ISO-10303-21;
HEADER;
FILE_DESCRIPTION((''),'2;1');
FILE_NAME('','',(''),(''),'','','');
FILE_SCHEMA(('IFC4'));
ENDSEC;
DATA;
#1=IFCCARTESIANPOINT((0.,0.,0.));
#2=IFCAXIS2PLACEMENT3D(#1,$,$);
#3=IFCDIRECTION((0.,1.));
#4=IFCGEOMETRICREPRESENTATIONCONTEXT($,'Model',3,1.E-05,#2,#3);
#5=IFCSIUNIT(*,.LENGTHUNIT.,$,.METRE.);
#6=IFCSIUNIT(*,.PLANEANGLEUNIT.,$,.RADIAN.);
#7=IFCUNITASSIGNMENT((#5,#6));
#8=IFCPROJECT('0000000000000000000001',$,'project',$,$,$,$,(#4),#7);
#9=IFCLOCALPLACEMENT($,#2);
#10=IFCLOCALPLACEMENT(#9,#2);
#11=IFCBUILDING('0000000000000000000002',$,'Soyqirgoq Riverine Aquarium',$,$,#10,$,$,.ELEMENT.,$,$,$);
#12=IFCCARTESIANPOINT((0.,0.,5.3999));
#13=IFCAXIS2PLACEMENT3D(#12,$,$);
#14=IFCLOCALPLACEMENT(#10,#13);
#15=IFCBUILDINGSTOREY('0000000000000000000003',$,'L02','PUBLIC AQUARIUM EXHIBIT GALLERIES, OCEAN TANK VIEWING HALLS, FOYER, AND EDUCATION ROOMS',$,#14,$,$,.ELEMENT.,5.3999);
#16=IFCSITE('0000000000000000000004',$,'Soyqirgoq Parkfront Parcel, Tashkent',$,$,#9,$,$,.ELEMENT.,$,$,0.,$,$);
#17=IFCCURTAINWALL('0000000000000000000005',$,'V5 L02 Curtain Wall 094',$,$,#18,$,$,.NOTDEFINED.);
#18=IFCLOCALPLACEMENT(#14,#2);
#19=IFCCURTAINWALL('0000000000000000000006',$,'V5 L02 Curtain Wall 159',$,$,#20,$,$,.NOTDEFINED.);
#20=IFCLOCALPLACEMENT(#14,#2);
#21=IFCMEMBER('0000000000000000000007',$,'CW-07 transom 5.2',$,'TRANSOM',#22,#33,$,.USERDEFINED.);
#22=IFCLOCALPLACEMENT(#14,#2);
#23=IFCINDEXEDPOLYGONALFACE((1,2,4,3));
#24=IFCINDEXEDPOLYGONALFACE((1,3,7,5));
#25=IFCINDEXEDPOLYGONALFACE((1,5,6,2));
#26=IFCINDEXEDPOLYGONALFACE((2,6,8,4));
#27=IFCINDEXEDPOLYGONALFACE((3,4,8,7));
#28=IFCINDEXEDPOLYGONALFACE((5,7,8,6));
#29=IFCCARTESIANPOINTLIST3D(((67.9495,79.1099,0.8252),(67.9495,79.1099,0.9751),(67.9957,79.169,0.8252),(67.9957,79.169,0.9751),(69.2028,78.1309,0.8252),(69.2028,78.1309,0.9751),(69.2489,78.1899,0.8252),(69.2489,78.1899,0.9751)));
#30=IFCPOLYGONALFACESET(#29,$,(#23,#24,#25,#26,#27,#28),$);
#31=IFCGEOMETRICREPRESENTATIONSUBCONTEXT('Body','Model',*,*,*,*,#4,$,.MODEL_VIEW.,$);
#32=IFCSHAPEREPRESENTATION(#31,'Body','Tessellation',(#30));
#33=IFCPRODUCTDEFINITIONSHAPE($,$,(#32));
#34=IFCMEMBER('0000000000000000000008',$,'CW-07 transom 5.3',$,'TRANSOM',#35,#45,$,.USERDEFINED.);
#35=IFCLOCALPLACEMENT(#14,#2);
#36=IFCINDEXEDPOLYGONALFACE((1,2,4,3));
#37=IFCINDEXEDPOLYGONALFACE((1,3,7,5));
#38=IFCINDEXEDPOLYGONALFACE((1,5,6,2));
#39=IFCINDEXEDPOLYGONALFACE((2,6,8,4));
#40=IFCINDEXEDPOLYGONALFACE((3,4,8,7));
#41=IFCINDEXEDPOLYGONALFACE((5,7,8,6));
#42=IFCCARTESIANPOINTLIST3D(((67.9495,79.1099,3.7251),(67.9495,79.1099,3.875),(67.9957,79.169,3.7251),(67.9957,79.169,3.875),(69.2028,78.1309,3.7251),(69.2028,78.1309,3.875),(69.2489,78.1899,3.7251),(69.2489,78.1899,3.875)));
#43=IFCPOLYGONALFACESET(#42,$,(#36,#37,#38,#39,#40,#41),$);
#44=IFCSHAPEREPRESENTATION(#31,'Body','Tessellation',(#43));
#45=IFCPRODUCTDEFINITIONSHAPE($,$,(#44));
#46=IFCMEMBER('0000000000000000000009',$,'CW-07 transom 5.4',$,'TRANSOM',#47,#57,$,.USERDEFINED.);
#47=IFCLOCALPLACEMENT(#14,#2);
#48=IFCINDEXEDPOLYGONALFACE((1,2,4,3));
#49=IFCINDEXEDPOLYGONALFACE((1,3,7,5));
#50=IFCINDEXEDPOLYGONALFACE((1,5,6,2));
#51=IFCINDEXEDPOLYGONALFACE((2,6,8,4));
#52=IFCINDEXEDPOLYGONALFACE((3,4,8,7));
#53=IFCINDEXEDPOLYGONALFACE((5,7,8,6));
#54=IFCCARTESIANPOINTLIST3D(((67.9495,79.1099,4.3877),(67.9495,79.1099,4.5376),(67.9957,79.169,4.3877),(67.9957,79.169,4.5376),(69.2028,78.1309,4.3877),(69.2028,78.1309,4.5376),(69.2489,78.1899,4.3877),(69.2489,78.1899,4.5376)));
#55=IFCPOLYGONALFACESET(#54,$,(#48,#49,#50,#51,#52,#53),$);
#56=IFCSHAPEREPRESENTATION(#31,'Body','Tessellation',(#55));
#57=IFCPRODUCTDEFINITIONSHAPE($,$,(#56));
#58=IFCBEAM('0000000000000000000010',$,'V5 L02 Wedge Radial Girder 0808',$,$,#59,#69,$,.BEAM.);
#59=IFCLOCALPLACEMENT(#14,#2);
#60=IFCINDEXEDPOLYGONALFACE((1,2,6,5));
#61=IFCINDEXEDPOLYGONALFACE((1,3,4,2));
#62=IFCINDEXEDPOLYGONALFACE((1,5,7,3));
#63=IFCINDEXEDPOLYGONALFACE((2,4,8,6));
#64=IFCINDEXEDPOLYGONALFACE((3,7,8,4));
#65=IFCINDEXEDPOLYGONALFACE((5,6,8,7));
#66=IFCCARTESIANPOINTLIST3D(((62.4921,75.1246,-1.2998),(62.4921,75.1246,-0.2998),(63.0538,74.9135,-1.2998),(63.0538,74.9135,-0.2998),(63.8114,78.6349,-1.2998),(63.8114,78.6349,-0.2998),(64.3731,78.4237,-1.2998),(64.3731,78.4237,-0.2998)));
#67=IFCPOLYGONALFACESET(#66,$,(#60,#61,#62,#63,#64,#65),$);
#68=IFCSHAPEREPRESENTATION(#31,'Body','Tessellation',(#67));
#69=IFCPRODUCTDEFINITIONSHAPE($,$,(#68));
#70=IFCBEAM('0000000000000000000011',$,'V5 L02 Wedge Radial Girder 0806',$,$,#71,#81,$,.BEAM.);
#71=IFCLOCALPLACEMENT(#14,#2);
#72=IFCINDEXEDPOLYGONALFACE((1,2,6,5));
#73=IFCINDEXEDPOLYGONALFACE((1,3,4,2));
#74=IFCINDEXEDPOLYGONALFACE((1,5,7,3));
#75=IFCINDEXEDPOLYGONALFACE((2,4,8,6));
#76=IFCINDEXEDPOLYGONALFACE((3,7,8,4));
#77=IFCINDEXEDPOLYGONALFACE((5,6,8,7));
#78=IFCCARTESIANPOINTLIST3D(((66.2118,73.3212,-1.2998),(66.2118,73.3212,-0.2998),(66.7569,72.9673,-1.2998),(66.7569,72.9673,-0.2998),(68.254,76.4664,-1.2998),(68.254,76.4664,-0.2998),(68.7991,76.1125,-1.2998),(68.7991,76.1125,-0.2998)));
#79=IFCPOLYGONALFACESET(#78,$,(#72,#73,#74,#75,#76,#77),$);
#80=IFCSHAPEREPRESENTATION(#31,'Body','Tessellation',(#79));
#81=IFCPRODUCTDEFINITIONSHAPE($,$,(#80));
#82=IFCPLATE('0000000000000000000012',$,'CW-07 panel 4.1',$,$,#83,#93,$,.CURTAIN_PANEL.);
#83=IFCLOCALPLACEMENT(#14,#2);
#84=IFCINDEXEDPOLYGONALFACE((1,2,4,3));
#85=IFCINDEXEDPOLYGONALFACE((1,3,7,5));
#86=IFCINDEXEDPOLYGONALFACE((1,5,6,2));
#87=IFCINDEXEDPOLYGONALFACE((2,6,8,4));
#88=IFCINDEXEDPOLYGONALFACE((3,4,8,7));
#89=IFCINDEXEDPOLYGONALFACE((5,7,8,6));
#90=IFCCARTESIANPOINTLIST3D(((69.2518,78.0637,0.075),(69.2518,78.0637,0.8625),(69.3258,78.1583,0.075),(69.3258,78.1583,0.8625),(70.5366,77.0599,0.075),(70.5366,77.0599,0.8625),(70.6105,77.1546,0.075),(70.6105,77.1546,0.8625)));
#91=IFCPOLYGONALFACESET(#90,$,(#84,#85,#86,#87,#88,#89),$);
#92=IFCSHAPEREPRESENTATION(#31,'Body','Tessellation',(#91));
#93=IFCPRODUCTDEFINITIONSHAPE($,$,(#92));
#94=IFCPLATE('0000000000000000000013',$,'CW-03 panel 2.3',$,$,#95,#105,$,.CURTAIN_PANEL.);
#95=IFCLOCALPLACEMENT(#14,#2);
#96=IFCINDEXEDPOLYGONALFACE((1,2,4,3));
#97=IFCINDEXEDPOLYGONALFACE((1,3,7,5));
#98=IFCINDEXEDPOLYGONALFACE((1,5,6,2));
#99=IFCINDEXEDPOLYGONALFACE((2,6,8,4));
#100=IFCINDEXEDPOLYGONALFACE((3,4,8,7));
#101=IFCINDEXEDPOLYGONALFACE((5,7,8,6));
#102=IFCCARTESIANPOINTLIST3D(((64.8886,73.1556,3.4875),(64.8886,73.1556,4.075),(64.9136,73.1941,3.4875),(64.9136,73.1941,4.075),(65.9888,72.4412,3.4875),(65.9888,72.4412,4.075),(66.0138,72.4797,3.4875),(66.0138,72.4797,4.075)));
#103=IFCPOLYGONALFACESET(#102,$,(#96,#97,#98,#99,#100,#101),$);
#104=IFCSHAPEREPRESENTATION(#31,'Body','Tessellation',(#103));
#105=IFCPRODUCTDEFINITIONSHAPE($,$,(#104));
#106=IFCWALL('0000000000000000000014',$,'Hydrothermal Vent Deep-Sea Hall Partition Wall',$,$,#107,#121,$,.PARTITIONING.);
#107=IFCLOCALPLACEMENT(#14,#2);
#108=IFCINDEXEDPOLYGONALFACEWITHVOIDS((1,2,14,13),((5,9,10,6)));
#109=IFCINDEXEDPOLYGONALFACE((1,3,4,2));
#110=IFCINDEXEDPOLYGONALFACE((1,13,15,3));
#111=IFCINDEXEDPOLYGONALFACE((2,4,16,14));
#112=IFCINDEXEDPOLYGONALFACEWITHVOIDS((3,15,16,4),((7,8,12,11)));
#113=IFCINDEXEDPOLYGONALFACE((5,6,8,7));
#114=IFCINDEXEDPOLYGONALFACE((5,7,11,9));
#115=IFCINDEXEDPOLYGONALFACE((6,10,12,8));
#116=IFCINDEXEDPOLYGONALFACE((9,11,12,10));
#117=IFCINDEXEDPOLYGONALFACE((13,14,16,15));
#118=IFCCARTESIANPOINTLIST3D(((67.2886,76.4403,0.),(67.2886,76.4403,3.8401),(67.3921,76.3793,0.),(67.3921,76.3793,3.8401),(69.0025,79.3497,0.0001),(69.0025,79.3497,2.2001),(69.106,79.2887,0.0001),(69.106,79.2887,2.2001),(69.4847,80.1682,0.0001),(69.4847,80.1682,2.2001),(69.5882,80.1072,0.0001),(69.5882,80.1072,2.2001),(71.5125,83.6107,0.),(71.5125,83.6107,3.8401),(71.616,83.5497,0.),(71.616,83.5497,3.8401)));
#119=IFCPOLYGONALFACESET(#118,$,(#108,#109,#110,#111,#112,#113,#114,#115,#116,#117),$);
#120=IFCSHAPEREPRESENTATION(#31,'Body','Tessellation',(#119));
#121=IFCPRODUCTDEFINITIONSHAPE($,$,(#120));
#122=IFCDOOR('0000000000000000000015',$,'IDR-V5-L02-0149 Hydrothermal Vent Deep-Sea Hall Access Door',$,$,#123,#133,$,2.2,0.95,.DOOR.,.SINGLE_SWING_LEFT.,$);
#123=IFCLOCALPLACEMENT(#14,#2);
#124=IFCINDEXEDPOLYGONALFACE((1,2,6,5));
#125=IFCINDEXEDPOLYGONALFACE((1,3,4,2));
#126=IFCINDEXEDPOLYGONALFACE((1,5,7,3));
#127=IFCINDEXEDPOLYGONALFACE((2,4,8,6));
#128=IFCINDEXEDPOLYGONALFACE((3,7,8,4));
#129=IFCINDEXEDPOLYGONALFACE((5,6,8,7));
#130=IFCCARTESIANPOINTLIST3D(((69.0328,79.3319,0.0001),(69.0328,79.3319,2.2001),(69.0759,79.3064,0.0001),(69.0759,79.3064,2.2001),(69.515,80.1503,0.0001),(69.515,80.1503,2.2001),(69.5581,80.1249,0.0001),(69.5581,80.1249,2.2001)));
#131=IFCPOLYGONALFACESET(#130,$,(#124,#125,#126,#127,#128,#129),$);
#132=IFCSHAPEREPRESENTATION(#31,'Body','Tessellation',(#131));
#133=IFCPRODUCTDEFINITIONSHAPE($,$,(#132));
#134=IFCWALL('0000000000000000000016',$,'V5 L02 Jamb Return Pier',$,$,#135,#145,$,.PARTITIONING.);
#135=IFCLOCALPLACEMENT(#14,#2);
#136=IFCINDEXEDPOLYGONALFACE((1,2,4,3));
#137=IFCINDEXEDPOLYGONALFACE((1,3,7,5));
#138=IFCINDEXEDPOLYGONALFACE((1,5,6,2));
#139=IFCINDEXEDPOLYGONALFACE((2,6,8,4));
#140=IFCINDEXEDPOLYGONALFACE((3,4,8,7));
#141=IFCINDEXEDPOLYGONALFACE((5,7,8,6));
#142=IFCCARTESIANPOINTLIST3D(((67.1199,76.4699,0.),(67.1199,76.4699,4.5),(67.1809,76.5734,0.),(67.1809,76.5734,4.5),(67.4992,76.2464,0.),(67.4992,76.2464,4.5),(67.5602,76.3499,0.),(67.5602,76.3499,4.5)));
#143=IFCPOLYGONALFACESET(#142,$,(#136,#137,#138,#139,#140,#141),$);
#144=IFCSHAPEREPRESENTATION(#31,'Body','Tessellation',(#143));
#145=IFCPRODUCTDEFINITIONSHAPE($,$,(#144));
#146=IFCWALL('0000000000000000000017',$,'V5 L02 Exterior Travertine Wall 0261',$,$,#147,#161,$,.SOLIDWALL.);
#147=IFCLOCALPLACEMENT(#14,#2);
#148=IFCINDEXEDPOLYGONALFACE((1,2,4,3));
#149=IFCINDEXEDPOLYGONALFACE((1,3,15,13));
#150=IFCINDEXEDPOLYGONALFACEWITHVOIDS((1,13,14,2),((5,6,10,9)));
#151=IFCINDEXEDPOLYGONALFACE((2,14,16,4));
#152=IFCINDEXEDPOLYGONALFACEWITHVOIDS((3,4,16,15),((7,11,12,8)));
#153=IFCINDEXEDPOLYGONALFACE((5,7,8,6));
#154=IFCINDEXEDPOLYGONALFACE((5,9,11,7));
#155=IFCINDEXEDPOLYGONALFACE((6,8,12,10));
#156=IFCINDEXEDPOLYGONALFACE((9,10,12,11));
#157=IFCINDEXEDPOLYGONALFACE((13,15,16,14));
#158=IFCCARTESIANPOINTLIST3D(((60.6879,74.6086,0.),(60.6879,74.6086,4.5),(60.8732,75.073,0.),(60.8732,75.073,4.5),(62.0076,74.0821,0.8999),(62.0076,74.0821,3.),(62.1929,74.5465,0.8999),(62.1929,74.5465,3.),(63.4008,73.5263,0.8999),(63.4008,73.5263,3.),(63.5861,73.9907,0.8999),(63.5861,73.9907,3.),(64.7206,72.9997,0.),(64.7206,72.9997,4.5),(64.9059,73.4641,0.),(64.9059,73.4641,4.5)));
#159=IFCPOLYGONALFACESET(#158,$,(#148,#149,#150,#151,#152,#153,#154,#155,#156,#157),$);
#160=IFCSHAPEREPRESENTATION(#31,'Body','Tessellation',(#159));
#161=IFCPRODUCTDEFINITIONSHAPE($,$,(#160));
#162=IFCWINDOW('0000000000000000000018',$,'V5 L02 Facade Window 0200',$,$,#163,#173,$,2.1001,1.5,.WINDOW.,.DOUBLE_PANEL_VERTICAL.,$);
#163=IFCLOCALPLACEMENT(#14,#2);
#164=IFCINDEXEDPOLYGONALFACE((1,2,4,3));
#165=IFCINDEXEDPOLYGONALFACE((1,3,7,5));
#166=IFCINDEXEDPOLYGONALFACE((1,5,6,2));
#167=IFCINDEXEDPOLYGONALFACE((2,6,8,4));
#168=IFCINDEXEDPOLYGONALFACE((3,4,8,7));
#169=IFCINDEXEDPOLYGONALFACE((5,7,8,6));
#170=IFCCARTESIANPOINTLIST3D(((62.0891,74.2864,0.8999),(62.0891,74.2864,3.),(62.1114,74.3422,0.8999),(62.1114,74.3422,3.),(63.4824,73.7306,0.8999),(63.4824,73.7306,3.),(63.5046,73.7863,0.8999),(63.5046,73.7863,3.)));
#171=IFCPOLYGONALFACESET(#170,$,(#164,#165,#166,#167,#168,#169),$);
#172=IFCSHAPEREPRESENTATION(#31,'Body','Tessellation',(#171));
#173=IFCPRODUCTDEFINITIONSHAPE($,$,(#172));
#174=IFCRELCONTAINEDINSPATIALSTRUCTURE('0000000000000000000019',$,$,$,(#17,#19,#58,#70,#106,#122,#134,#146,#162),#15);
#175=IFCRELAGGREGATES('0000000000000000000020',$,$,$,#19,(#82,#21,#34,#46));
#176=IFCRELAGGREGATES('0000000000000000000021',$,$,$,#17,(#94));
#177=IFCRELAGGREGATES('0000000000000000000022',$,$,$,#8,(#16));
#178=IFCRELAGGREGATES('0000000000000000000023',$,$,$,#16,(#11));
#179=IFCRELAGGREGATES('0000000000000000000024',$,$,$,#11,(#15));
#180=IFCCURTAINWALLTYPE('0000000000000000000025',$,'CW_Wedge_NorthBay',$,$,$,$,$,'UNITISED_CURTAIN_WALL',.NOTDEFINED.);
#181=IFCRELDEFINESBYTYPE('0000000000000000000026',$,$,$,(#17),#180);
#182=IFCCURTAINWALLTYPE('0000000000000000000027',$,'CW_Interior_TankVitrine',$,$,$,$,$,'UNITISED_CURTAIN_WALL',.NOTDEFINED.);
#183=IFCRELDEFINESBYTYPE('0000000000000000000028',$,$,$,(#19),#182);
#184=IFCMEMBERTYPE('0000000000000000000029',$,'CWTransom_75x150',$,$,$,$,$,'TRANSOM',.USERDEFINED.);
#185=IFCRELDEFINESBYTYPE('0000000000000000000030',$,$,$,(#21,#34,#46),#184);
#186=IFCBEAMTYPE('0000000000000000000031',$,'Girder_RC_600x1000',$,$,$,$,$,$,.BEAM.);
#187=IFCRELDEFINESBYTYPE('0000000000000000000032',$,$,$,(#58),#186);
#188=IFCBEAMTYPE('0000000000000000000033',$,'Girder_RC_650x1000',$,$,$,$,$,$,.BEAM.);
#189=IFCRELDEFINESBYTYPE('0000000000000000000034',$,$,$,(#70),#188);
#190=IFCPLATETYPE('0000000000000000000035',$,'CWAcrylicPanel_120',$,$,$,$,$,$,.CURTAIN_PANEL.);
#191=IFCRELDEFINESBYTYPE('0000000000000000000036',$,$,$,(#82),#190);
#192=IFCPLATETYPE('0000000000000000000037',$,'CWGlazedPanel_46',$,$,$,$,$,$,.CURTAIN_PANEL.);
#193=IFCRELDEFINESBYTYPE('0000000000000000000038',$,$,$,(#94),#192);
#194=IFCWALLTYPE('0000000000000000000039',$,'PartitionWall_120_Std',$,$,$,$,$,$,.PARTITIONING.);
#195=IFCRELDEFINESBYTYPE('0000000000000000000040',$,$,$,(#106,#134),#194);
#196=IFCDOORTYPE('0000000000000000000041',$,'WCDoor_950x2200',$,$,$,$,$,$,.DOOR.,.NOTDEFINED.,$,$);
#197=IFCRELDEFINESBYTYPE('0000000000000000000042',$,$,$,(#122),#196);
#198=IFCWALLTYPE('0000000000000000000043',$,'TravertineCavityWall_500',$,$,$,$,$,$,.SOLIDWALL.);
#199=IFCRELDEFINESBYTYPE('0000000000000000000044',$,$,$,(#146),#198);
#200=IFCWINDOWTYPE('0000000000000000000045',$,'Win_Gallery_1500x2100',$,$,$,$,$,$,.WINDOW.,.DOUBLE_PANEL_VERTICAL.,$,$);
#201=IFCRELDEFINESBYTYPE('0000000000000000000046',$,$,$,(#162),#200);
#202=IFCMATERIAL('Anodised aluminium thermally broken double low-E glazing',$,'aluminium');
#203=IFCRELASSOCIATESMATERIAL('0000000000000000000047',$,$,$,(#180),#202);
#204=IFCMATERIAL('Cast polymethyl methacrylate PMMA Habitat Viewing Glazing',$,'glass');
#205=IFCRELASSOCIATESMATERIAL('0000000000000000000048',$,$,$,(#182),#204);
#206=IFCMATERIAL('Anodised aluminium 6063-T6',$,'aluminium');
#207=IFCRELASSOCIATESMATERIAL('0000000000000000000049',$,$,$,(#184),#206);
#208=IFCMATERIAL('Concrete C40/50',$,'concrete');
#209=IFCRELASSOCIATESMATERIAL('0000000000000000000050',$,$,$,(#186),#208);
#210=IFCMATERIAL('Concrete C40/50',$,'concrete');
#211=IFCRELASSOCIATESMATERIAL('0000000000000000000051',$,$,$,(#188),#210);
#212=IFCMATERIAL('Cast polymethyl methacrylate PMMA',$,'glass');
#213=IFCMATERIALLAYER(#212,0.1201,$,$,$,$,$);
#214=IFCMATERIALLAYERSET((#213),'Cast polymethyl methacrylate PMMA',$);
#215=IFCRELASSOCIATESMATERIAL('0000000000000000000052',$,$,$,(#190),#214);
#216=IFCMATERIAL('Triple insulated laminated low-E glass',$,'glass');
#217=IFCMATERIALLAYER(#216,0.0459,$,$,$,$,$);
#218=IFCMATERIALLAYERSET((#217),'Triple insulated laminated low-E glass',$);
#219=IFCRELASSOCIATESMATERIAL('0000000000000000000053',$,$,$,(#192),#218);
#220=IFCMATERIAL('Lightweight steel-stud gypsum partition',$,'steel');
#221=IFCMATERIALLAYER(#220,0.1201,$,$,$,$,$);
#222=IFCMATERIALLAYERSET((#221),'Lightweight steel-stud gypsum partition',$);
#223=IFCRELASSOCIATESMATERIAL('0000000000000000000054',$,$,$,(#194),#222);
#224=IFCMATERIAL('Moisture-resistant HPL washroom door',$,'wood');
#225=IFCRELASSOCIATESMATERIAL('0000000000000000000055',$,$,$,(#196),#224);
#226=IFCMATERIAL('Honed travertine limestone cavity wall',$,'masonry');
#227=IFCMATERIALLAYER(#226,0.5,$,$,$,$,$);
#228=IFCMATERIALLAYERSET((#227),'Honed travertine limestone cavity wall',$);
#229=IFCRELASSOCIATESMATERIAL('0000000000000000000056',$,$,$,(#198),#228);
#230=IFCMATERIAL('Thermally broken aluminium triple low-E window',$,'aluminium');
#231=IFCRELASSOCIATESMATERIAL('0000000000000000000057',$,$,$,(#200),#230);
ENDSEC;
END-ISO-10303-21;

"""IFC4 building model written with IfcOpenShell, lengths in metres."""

from ifc_helpers import new_model, si_unit, direction, frame, frame_2d, origin, origin_2d, place, context, subcontext, project, spatial, rectangle, extrude, material, layer, layer_set, material_profile, profile_set, type_object, element, fill, aggregate, save


model = new_model("IFC4")

# Units and contexts
model_context = context("Model", 3, precision=1e-05, world=origin(), true_north=direction((0.0, 1.0)))
body_context = subcontext(model_context, "Body", "Model", "MODEL_VIEW")
ifc_project = project(units=[si_unit("LENGTHUNIT", "METRE"), si_unit("PLANEANGLEUNIT", "RADIAN")], contexts=[model_context])

# Site, building, storey
site_placement = place(None, origin())
site = spatial("IfcSite", under=ifc_project, at=site_placement, Name="Soyqirgoq Parkfront Parcel, Tashkent", CompositionType="ELEMENT", RefElevation=0.0)
building_placement = place(site_placement, origin())
building = spatial("IfcBuilding", under=site, at=building_placement, Name="Soyqirgoq Riverine Aquarium", CompositionType="ELEMENT")
storey_placement = place(building_placement, frame((0.0, 0.0, 5.3999)))
storey = spatial("IfcBuildingStorey", under=building, at=storey_placement, Name="L02", Description="PUBLIC AQUARIUM EXHIBIT GALLERIES, OCEAN TANK VIEWING HALLS, FOYER, AND EDUCATION ROOMS", CompositionType="ELEMENT", Elevation=5.3999)

# Curtain wall
ifc_material_1 = material(Name="Anodised aluminium thermally broken double low-E glazing", Category="aluminium")
curtain_wall_type_1 = type_object("IfcCurtainWallType", Name="CW_Wedge_NorthBay", ElementType="UNITISED_CURTAIN_WALL", PredefinedType="NOTDEFINED", material=ifc_material_1)
curtain_wall_1_placement = place(storey_placement, origin())
curtain_wall_1 = element("IfcCurtainWall", 1, at=curtain_wall_1_placement, inside=storey, type_object=curtain_wall_type_1, Name="V5 L02 Curtain Wall 094", PredefinedType="NOTDEFINED")

# Curtain wall, members
ifc_material_2 = material(Name="Cast polymethyl methacrylate PMMA Habitat Viewing Glazing", Category="glass")
curtain_wall_type_2 = type_object("IfcCurtainWallType", Name="CW_Interior_TankVitrine", ElementType="UNITISED_CURTAIN_WALL", PredefinedType="NOTDEFINED", material=ifc_material_2)
curtain_wall_2_placement = place(storey_placement, origin())
curtain_wall_2 = element("IfcCurtainWall", 2, at=curtain_wall_2_placement, inside=storey, type_object=curtain_wall_type_2, Name="V5 L02 Curtain Wall 159", PredefinedType="NOTDEFINED")
ifc_material_3 = material(Name="Anodised aluminium 6063-T6", Category="aluminium")
ifc_material_profile_1 = material_profile(ifc_material_3, rectangle(XDim=0.075, YDim=0.1499, at=origin_2d()), Name="ALU-T 75x150")
ifc_profile_set_1 = profile_set([ifc_material_profile_1], Name="Anodised aluminium 6063-T6")
member_type_1 = type_object("IfcMemberType", Name="CWTransom_75x150", ElementType="TRANSOM", PredefinedType="USERDEFINED", material=ifc_profile_set_1)
member_1_placement = place(storey_placement, frame((69.2258, 78.1604, 0.9001), z_axis=(-0.788036, 0.615629, 0.0), x_axis=(-0.615629, -0.788036, 0.0)))
member_1 = element("IfcMember", 3, at=member_1_placement, type_object=member_type_1, Name="CW-07 transom 5.2", ObjectType="TRANSOM", PredefinedType="USERDEFINED", context=body_context, shape_type="SweptSolid", body=[
    extrude(rectangle(XDim=0.075, YDim=0.1499, at=origin_2d()), origin(), (0.0, 0.0, 1.0), 1.5903),
])
member_2_placement = place(storey_placement, frame((69.2258, 78.1604, 3.8), z_axis=(-0.788036, 0.615629, 0.0), x_axis=(-0.615629, -0.788036, 0.0)))
member_2 = element("IfcMember", 4, at=member_2_placement, type_object=member_type_1, Name="CW-07 transom 5.3", ObjectType="TRANSOM", PredefinedType="USERDEFINED", context=body_context, shape_type="SweptSolid", body=[
    extrude(rectangle(XDim=0.075, YDim=0.1499, at=origin_2d()), origin(), (0.0, 0.0, 1.0), 1.5903),
])
member_3_placement = place(storey_placement, frame((69.2258, 78.1604, 4.4626), z_axis=(-0.788036, 0.615629, 0.0), x_axis=(-0.615629, -0.788036, 0.0)))
member_3 = element("IfcMember", 5, at=member_3_placement, type_object=member_type_1, Name="CW-07 transom 5.4", ObjectType="TRANSOM", PredefinedType="USERDEFINED", context=body_context, shape_type="SweptSolid", body=[
    extrude(rectangle(XDim=0.075, YDim=0.1499, at=origin_2d()), origin(), (0.0, 0.0, 1.0), 1.5903),
])

# Beams
ifc_material_4 = material(Name="Concrete C40/50", Category="concrete")
ifc_material_profile_2 = material_profile(ifc_material_4, rectangle(XDim=0.6001, YDim=1.0, at=origin_2d()), Name="RC 600x1000")
ifc_profile_set_2 = profile_set([ifc_material_profile_2], Name="Concrete C40/50")
beam_type_1 = type_object("IfcBeamType", Name="Girder_RC_600x1000", PredefinedType="BEAM", material=ifc_profile_set_2)
beam_1_placement = place(storey_placement, frame((62.7729, 75.019, -0.7998), z_axis=(0.351823, 0.936067, 0.0), x_axis=(-0.936067, 0.351823, 0.0)))
element("IfcBeam", 6, at=beam_1_placement, inside=storey, type_object=beam_type_1, Name="V5 L02 Wedge Radial Girder 0808", PredefinedType="BEAM", context=body_context, shape_type="SweptSolid", body=[
    extrude(rectangle(XDim=0.6001, YDim=1.0, at=origin_2d()), origin(), (0.0, 0.0, 1.0), 3.75),
])
ifc_material_5 = material(Name="Concrete C40/50", Category="concrete")
ifc_material_profile_3 = material_profile(ifc_material_5, rectangle(XDim=0.6499, YDim=1.0, at=origin_2d()), Name="RC 650x1000")
ifc_profile_set_3 = profile_set([ifc_material_profile_3], Name="Concrete C40/50")
beam_type_2 = type_object("IfcBeamType", Name="Girder_RC_650x1000", PredefinedType="BEAM", material=ifc_profile_set_3)
beam_2_placement = place(storey_placement, frame((66.4844, 73.1443, -0.7998), z_axis=(0.544579, 0.83871, 0.0), x_axis=(-0.83871, 0.544579, 0.0)))
element("IfcBeam", 7, at=beam_2_placement, inside=storey, type_object=beam_type_2, Name="V5 L02 Wedge Radial Girder 0806", PredefinedType="BEAM", context=body_context, shape_type="SweptSolid", body=[
    extrude(rectangle(XDim=0.6499, YDim=1.0, at=origin_2d()), origin(), (0.0, 0.0, 1.0), 3.75),
])

# Plates
ifc_material_6 = material(Name="Cast polymethyl methacrylate PMMA", Category="glass")
ifc_layer_1 = layer(ifc_material_6, 0.1201)
ifc_layer_set_1 = layer_set([ifc_layer_1], Name="Cast polymethyl methacrylate PMMA")
plate_type_1 = type_object("IfcPlateType", Name="CWAcrylicPanel_120", PredefinedType="CURTAIN_PANEL", material=ifc_layer_set_1)
plate_1_placement = place(storey_placement, frame((69.9312, 77.6091, 0.075), z_axis=(0.0, 0.0, 1.0), x_axis=(-0.788011, 0.615661, 0.0)))
plate_1 = element("IfcPlate", 8, at=plate_1_placement, type_object=plate_type_1, Name="CW-07 panel 4.1", PredefinedType="CURTAIN_PANEL", context=body_context, shape_type="SweptSolid", body=[
    extrude(rectangle(XDim=1.6304, YDim=0.1201, at=origin_2d()), origin(), (0.0, 0.0, 1.0), 0.7876),
])
aggregate(curtain_wall_2, [plate_1, member_1, member_2, member_3])
ifc_material_7 = material(Name="Triple insulated laminated low-E glass", Category="glass")
ifc_layer_2 = layer(ifc_material_7, 0.0459)
ifc_layer_set_2 = layer_set([ifc_layer_2], Name="Triple insulated laminated low-E glass")
plate_type_2 = type_object("IfcPlateType", Name="CWGlazedPanel_46", PredefinedType="CURTAIN_PANEL", material=ifc_layer_set_2)
plate_2_placement = place(storey_placement, frame((65.4512, 72.8176, 3.4875), z_axis=(0.0, 0.0, 1.0), x_axis=(-0.838688, 0.544613, 0.0)))
plate_2 = element("IfcPlate", 9, at=plate_2_placement, type_object=plate_type_2, Name="CW-03 panel 2.3", PredefinedType="CURTAIN_PANEL", context=body_context, shape_type="SweptSolid", body=[
    extrude(rectangle(XDim=1.3118, YDim=0.0459, at=origin_2d()), origin(), (0.0, 0.0, 1.0), 0.5874),
])
aggregate(curtain_wall_1, [plate_2])

# Wall, opening, door
ifc_material_8 = material(Name="Lightweight steel-stud gypsum partition", Category="steel")
ifc_layer_3 = layer(ifc_material_8, 0.1201)
ifc_layer_set_3 = layer_set([ifc_layer_3], Name="Lightweight steel-stud gypsum partition")
wall_type_1 = type_object("IfcWallType", Name="PartitionWall_120_Std", PredefinedType="PARTITIONING", material=ifc_layer_set_3)
wall_1_placement = place(storey_placement, frame((67.3403, 76.4097, 0.0), z_axis=(0.0, 0.0, 1.0), x_axis=(0.507555, 0.86162, 0.0)))
wall_1 = element("IfcWall", 10, at=wall_1_placement, inside=storey, type_object=wall_type_1, Name="Hydrothermal Vent Deep-Sea Hall Partition Wall", PredefinedType="PARTITIONING", context=body_context, shape_type="SweptSolid", body=[
    extrude(rectangle(XDim=8.322, YDim=0.1201, at=frame_2d((4.1611, 0.0))), origin(), (0.0, 0.0, 1.0), 3.8401),
])
opening_1_placement = place(wall_1_placement, frame((3.3767, 0.0, 0.0)))
opening_1 = element("IfcOpeningElement", 11, at=opening_1_placement, cuts=wall_1, PredefinedType="OPENING", context=body_context, shape_type="SweptSolid", body=[
    extrude(rectangle(XDim=0.95, YDim=2.2, at=frame_2d((0.4751, 1.1001))), frame((0.0, 0.0701, 0.0), z_axis=(0.0, -1.0, 0.0), x_axis=(1.0, 0.0, 0.0)), (0.0, 0.0, 1.0), 0.1401),
])
ifc_material_9 = material(Name="Moisture-resistant HPL washroom door", Category="wood")
door_type = type_object("IfcDoorType", Name="WCDoor_950x2200", OperationType="NOTDEFINED", PredefinedType="DOOR", material=ifc_material_9)
door_placement = place(opening_1_placement, origin())
door = element("IfcDoor", 12, at=door_placement, inside=storey, type_object=door_type, Name="IDR-V5-L02-0149 Hydrothermal Vent Deep-Sea Hall Access Door", OperationType="SINGLE_SWING_LEFT", OverallHeight=2.2, OverallWidth=0.95, PredefinedType="DOOR", context=body_context, shape_type="SweptSolid", body=[
    extrude(rectangle(XDim=0.95, YDim=2.2, at=frame_2d((0.4751, 1.1001))), frame((0.0, 0.0249, 0.0), z_axis=(0.0, -1.0, 0.0), x_axis=(1.0, 0.0, 0.0)), (0.0, 0.0, 1.0), 0.05),
])
fill(opening_1, door)

# Wall
wall_2_placement = place(storey_placement, frame((67.5298, 76.2981, 0.0), z_axis=(0.0, 0.0, 1.0), x_axis=(-0.861577, 0.507626, 0.0)))
element("IfcWall", 13, at=wall_2_placement, inside=storey, type_object=wall_type_1, Name="V5 L02 Jamb Return Pier", PredefinedType="PARTITIONING", context=body_context, shape_type="SweptSolid", body=[
    extrude(rectangle(XDim=0.4402, YDim=0.1201, at=frame_2d((0.2202, 0.0))), origin(), (0.0, 0.0, 1.0), 4.5),
])

# Wall, opening, window
ifc_material_10 = material(Name="Honed travertine limestone cavity wall", Category="masonry")
ifc_layer_4 = layer(ifc_material_10, 0.5)
ifc_layer_set_4 = layer_set([ifc_layer_4], Name="Honed travertine limestone cavity wall")
wall_type_2 = type_object("IfcWallType", Name="TravertineCavityWall_500", PredefinedType="SOLIDWALL", material=ifc_layer_set_4)
wall_3_placement = place(storey_placement, frame((64.8132, 73.2319, 0.0), z_axis=(0.0, 0.0, 1.0), x_axis=(-0.92881, 0.370557, 0.0)))
wall_3 = element("IfcWall", 14, at=wall_3_placement, inside=storey, type_object=wall_type_2, Name="V5 L02 Exterior Travertine Wall 0261", PredefinedType="SOLIDWALL", context=body_context, shape_type="SweptSolid", body=[
    extrude(rectangle(XDim=4.3418, YDim=0.5, at=frame_2d((2.1709, 0.0))), origin(), (0.0, 0.0, 1.0), 4.5),
])
opening_2_placement = place(wall_3_placement, frame((1.4209, 0.0, 0.8999)))
opening_2 = element("IfcOpeningElement", 15, at=opening_2_placement, cuts=wall_3, PredefinedType="OPENING", context=body_context, shape_type="SweptSolid", body=[
    extrude(rectangle(XDim=1.5, YDim=2.1001, at=frame_2d((0.75, 1.05))), frame((0.0, 0.26, 0.0), z_axis=(0.0, -1.0, 0.0), x_axis=(1.0, 0.0, 0.0)), (0.0, 0.0, 1.0), 0.52),
])
ifc_material_11 = material(Name="Thermally broken aluminium triple low-E window", Category="aluminium")
window_type_1 = type_object("IfcWindowType", Name="Win_Gallery_1500x2100", PartitioningType="DOUBLE_PANEL_VERTICAL", PredefinedType="WINDOW", material=ifc_material_11)
window_1_placement = place(opening_2_placement, origin())
window_1 = element("IfcWindow", 16, at=window_1_placement, inside=storey, type_object=window_type_1, Name="V5 L02 Facade Window 0200", OverallHeight=2.1001, OverallWidth=1.5, PartitioningType="DOUBLE_PANEL_VERTICAL", PredefinedType="WINDOW", context=body_context, shape_type="SweptSolid", body=[
    extrude(rectangle(XDim=1.5, YDim=2.1001, at=frame_2d((0.75, 1.05))), frame((0.0, 0.03, 0.0), z_axis=(0.0, -1.0, 0.0), x_axis=(1.0, 0.0, 0.0)), (0.0, 0.0, 1.0), 0.0601),
])
fill(opening_2, window_1)

save(model, "model.ifc")
